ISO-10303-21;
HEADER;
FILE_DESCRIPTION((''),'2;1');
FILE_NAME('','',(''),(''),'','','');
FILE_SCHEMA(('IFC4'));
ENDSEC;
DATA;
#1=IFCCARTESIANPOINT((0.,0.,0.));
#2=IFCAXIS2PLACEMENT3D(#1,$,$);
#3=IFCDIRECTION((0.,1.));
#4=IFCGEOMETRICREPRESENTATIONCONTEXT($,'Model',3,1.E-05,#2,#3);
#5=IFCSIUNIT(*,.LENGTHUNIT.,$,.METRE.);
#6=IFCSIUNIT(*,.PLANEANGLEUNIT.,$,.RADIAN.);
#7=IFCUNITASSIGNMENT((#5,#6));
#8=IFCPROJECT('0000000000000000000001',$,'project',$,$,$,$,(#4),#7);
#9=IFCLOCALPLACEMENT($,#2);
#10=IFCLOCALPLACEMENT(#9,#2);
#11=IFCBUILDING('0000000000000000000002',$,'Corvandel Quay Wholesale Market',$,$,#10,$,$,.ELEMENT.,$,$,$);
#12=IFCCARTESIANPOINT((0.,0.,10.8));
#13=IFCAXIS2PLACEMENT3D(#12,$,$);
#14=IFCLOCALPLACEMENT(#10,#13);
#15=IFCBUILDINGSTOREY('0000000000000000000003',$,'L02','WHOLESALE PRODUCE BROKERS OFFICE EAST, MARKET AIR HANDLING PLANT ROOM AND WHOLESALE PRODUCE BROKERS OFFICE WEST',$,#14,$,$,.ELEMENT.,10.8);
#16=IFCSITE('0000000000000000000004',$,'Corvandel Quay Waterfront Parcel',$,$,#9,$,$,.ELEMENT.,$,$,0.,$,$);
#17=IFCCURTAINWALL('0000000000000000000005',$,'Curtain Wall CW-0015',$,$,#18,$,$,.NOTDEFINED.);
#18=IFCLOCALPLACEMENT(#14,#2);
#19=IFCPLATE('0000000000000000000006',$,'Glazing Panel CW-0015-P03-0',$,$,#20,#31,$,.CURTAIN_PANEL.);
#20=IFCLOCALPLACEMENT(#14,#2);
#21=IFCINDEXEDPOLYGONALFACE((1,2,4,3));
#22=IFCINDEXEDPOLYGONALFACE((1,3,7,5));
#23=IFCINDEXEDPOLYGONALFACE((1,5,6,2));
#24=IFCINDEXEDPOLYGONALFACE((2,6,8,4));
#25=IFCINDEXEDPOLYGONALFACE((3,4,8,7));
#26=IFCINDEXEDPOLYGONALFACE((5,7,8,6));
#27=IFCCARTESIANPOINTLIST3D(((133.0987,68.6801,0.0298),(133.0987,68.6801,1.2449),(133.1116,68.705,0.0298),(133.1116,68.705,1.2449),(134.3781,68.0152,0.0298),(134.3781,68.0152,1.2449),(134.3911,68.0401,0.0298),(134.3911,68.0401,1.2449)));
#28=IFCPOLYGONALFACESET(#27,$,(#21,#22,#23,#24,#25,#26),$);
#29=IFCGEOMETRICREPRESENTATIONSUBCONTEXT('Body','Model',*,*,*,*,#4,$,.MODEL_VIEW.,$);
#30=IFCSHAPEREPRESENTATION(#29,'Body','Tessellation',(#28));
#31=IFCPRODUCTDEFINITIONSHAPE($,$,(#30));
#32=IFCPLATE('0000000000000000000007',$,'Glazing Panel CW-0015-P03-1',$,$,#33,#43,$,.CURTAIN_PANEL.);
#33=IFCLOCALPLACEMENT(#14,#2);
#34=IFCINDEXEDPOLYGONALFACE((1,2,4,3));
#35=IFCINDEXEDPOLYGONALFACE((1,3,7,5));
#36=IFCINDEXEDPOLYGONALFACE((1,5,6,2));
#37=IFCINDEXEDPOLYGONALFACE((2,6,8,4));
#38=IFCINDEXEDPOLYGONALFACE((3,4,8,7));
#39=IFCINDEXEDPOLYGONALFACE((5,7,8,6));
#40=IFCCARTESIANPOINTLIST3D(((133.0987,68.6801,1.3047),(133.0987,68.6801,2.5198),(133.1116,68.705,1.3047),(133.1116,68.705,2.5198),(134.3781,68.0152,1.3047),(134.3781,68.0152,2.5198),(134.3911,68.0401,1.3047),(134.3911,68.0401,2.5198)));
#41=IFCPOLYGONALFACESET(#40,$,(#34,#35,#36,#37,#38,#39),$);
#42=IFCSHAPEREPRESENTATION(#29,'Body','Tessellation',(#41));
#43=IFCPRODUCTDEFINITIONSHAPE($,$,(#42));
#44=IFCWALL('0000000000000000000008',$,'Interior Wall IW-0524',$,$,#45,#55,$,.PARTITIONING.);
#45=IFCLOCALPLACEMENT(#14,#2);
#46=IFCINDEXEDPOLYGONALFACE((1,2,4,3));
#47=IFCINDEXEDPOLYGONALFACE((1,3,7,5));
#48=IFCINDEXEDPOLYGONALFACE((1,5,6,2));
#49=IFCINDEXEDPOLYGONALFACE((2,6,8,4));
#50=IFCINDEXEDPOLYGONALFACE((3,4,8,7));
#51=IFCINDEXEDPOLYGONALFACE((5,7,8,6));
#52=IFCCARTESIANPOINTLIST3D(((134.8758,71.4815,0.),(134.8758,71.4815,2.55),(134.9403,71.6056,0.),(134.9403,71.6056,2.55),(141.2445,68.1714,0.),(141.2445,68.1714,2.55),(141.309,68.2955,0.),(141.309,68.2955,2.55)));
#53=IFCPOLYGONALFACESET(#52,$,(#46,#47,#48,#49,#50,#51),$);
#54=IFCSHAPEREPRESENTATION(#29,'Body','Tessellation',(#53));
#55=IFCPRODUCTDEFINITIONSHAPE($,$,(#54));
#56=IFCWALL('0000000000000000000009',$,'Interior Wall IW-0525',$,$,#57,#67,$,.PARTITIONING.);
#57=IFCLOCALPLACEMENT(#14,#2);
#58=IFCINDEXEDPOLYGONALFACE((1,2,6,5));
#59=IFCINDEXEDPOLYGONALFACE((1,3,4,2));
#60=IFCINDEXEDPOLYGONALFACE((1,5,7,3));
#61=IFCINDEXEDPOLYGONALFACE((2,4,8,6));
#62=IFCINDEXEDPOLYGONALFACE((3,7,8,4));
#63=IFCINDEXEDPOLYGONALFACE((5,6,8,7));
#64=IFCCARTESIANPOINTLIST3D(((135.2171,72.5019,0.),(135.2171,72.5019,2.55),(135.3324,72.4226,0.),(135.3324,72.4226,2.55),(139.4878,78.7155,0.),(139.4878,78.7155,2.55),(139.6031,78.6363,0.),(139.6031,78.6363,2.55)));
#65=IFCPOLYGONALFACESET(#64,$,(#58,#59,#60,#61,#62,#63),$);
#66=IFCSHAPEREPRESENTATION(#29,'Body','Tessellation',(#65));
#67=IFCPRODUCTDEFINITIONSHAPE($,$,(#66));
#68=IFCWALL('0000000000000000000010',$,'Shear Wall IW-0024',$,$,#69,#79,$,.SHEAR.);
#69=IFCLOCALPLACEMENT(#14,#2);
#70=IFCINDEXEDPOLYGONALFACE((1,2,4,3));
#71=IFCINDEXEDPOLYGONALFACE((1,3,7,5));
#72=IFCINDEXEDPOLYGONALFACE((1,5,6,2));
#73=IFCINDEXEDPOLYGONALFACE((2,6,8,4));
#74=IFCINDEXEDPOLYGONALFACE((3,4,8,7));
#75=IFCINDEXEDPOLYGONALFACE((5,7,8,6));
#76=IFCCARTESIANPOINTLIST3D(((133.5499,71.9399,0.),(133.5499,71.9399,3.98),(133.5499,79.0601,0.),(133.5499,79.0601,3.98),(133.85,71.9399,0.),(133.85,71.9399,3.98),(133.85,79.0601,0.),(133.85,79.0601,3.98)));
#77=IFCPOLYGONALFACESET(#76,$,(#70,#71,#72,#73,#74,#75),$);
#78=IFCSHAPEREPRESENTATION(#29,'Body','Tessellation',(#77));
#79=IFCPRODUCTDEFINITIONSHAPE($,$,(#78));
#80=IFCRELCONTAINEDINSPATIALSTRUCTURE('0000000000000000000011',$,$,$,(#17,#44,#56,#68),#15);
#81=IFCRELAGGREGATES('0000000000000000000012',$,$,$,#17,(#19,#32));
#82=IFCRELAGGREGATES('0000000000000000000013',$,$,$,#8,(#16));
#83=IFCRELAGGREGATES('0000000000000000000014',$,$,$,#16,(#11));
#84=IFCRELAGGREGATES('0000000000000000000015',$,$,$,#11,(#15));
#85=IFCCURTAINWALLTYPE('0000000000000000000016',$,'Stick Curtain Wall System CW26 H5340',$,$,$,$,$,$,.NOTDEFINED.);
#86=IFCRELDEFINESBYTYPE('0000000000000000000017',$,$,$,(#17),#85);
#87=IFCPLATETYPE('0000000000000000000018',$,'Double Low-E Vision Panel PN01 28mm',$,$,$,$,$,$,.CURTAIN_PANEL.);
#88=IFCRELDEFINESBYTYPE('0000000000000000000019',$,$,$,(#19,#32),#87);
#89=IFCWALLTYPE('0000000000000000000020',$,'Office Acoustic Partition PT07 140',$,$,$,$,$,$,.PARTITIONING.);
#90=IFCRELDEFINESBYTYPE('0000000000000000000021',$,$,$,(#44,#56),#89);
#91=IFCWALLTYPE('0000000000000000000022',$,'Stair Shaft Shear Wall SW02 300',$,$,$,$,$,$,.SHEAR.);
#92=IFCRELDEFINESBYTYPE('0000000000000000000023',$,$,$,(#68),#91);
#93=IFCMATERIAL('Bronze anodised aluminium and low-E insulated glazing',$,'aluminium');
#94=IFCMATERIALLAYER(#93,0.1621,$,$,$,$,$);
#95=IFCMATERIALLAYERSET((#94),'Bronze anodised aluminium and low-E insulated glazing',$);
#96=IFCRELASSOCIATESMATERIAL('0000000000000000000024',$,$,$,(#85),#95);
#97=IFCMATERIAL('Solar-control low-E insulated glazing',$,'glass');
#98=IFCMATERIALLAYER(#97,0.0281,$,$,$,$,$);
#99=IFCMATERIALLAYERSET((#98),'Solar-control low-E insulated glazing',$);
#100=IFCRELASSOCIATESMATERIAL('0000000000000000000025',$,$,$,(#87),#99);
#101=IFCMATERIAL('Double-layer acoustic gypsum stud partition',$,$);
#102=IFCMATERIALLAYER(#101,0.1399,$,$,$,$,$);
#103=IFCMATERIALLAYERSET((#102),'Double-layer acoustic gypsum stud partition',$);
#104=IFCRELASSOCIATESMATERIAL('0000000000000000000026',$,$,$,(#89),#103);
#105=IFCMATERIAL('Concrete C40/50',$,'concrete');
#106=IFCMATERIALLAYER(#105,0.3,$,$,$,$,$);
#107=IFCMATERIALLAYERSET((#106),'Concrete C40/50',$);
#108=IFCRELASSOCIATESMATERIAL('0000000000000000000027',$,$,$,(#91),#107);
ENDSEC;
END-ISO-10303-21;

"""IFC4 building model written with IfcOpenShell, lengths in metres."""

from ifc_helpers import new_model, si_unit, direction, frame, frame_2d, origin, origin_2d, place, context, subcontext, project, spatial, rectangle, extrude, material, layer, layer_set, type_object, element, aggregate, save


model = new_model("IFC4")

# Units and contexts
model_context = context("Model", 3, precision=1e-05, world=origin(), true_north=direction((0.0, 1.0)))
body_context = subcontext(model_context, "Body", "Model", "MODEL_VIEW")
ifc_project = project(units=[si_unit("LENGTHUNIT", "METRE"), si_unit("PLANEANGLEUNIT", "RADIAN")], contexts=[model_context])

# Site, building, storey
site_placement = place(None, origin())
site = spatial("IfcSite", under=ifc_project, at=site_placement, Name="Corvandel Quay Waterfront Parcel", CompositionType="ELEMENT", RefElevation=0.0)
building_placement = place(site_placement, origin())
building = spatial("IfcBuilding", under=site, at=building_placement, Name="Corvandel Quay Wholesale Market", CompositionType="ELEMENT")
storey_placement = place(building_placement, frame((0.0, 0.0, 10.8)))
storey = spatial("IfcBuildingStorey", under=building, at=storey_placement, Name="L02", Description="WHOLESALE PRODUCE BROKERS OFFICE EAST, MARKET AIR HANDLING PLANT ROOM AND WHOLESALE PRODUCE BROKERS OFFICE WEST", CompositionType="ELEMENT", Elevation=10.8)

# Shared definitions
ifc_material_1 = material(Name="Bronze anodised aluminium and low-E insulated glazing", Category="aluminium")

# Curtain wall
ifc_layer_1 = layer(ifc_material_1, 0.1621)
ifc_layer_set_1 = layer_set([ifc_layer_1], Name="Bronze anodised aluminium and low-E insulated glazing")
curtain_wall_type_1 = type_object("IfcCurtainWallType", Name="Stick Curtain Wall System CW26 H5340", PredefinedType="NOTDEFINED", material=ifc_layer_set_1)
curtain_wall_1_placement = place(storey_placement, origin())
curtain_wall_1 = element("IfcCurtainWall", 1, at=curtain_wall_1_placement, inside=storey, type_object=curtain_wall_type_1, Name="Curtain Wall CW-0015", PredefinedType="NOTDEFINED")

# Plates
ifc_material_2 = material(Name="Solar-control low-E insulated glazing", Category="glass")
ifc_layer_2 = layer(ifc_material_2, 0.0281)
ifc_layer_set_2 = layer_set([ifc_layer_2], Name="Solar-control low-E insulated glazing")
plate_type = type_object("IfcPlateType", Name="Double Low-E Vision Panel PN01 28mm", PredefinedType="CURTAIN_PANEL", material=ifc_layer_set_2)
plate_1_placement = place(storey_placement, frame((133.7449, 68.3601, 0.0298), z_axis=(0.0, 0.0, 1.0), x_axis=(-0.887333, 0.461129, 0.0)))
plate_1 = element("IfcPlate", 2, at=plate_1_placement, type_object=plate_type, Name="Glazing Panel CW-0015-P03-0", PredefinedType="CURTAIN_PANEL", context=body_context, shape_type="SweptSolid", body=[
    extrude(rectangle(XDim=1.4419, YDim=0.0281, at=origin_2d()), origin(), (0.0, 0.0, 1.0), 1.2151),
])
plate_2_placement = place(storey_placement, frame((133.7449, 68.3601, 1.3047), z_axis=(0.0, 0.0, 1.0), x_axis=(-0.887333, 0.461129, 0.0)))
plate_2 = element("IfcPlate", 3, at=plate_2_placement, type_object=plate_type, Name="Glazing Panel CW-0015-P03-1", PredefinedType="CURTAIN_PANEL", context=body_context, shape_type="SweptSolid", body=[
    extrude(rectangle(XDim=1.4419, YDim=0.0281, at=origin_2d()), origin(), (0.0, 0.0, 1.0), 1.2151),
])
aggregate(curtain_wall_1, [plate_1, plate_2])

# Walls
ifc_material_3 = material(Name="Double-layer acoustic gypsum stud partition")
ifc_layer_3 = layer(ifc_material_3, 0.1399)
ifc_layer_set_3 = layer_set([ifc_layer_3], Name="Double-layer acoustic gypsum stud partition")
wall_type_1 = type_object("IfcWallType", Name="Office Acoustic Partition PT07 140", PredefinedType="PARTITIONING", material=ifc_layer_set_3)
wall_1_placement = place(storey_placement, frame((141.2769, 68.2334, 0.0), z_axis=(0.0, 0.0, 1.0), x_axis=(-0.88731, 0.461173, 0.0)))
element("IfcWall", 4, at=wall_1_placement, inside=storey, type_object=wall_type_1, Name="Interior Wall IW-0524", PredefinedType="PARTITIONING", context=body_context, shape_type="SweptSolid", body=[
    extrude(rectangle(XDim=7.1775, YDim=0.1399, at=frame_2d((3.5889, 0.0))), origin(), (0.0, 0.0, 1.0), 2.55),
])
wall_2_placement = place(storey_placement, frame((135.2747, 72.4622, 0.0), z_axis=(0.0, 0.0, 1.0), x_axis=(0.566428, 0.824111, 0.0)))
element("IfcWall", 5, at=wall_2_placement, inside=storey, type_object=wall_type_1, Name="Interior Wall IW-0525", PredefinedType="PARTITIONING", context=body_context, shape_type="SweptSolid", body=[
    extrude(rectangle(XDim=7.5398, YDim=0.1399, at=frame_2d((3.77, 0.0))), origin(), (0.0, 0.0, 1.0), 2.55),
])
ifc_material_4 = material(Name="Concrete C40/50", Category="concrete")
ifc_layer_4 = layer(ifc_material_4, 0.3)
ifc_layer_set_4 = layer_set([ifc_layer_4], Name="Concrete C40/50")
wall_type_2 = type_object("IfcWallType", Name="Stair Shaft Shear Wall SW02 300", PredefinedType="SHEAR", material=ifc_layer_set_4)
wall_3_placement = place(storey_placement, frame((133.7, 71.9399, 0.0), z_axis=(0.0, 0.0, 1.0), x_axis=(0.0, 1.0, 0.0)))
element("IfcWall", 6, at=wall_3_placement, inside=storey, type_object=wall_type_2, Name="Shear Wall IW-0024", PredefinedType="SHEAR", context=body_context, shape_type="SweptSolid", body=[
    extrude(rectangle(XDim=7.1201, YDim=0.3, at=frame_2d((3.5601, 0.0))), origin(), (0.0, 0.0, 1.0), 3.98),
])

save(model, "model.ifc")
